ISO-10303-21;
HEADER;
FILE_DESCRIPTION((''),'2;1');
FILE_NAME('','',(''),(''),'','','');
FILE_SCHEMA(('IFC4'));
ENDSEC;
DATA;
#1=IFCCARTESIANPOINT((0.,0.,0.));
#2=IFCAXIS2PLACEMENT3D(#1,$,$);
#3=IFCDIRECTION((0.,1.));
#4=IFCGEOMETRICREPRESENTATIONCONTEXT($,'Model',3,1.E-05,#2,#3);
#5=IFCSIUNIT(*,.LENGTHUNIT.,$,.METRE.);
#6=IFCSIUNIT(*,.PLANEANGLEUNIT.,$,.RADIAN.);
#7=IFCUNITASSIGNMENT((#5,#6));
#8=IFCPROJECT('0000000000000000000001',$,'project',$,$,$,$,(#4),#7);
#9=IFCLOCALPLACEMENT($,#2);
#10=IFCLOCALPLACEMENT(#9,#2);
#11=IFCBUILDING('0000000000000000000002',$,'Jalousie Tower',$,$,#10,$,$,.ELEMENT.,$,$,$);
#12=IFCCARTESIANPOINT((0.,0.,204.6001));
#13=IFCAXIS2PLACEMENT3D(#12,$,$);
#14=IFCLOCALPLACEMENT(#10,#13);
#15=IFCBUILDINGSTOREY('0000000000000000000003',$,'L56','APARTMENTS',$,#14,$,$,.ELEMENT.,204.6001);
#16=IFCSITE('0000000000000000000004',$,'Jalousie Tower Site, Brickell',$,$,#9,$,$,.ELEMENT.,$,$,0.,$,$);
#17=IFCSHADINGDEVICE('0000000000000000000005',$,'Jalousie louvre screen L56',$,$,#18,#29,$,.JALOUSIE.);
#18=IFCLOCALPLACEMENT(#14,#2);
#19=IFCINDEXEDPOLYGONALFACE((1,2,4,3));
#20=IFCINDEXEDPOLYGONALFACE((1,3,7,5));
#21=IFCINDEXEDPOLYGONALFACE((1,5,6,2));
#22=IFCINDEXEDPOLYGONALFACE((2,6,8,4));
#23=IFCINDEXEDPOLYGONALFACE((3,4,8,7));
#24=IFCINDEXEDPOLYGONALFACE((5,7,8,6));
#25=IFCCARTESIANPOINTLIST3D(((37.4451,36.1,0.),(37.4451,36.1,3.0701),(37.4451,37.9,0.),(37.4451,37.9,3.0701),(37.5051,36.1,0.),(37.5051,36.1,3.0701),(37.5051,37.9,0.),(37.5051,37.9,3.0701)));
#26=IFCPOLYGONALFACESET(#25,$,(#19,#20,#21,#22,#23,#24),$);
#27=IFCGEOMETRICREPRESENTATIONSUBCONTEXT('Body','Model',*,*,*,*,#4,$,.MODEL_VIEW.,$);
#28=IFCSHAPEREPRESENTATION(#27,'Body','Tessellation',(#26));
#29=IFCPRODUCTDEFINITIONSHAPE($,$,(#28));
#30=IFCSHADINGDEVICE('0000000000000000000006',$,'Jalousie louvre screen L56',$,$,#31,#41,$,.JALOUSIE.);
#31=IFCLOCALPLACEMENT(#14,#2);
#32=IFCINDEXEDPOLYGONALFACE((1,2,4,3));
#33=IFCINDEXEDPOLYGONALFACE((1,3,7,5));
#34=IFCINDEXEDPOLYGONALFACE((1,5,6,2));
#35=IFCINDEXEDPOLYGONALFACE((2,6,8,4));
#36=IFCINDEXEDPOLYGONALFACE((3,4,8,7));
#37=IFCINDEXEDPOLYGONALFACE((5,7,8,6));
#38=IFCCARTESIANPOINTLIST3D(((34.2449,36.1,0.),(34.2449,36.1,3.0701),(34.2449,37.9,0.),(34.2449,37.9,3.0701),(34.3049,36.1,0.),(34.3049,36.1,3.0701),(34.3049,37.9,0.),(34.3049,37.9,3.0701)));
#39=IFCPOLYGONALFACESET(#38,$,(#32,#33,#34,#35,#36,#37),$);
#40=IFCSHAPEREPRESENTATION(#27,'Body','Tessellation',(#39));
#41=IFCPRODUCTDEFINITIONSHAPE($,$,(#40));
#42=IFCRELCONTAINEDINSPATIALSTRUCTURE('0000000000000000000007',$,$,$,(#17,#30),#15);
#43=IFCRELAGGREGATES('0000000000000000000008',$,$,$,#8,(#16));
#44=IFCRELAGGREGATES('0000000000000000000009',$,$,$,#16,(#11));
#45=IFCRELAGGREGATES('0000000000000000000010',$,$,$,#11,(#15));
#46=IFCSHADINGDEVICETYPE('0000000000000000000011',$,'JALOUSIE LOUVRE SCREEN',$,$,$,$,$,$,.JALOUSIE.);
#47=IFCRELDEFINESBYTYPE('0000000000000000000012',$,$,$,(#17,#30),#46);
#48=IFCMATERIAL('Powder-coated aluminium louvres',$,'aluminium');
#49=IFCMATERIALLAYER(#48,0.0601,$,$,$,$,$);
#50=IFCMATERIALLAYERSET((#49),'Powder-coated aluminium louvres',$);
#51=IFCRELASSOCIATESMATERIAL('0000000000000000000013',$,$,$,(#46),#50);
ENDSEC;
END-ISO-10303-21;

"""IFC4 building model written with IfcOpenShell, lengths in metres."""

from ifc_helpers import new_model, si_unit, direction, frame, origin, origin_2d, place, context, subcontext, project, spatial, rectangle, extrude, material, layer, layer_set, type_object, element, save


model = new_model("IFC4")

# Units and contexts
model_context = context("Model", 3, precision=1e-05, world=origin(), true_north=direction((0.0, 1.0)))
body_context = subcontext(model_context, "Body", "Model", "MODEL_VIEW")
ifc_project = project(units=[si_unit("LENGTHUNIT", "METRE"), si_unit("PLANEANGLEUNIT", "RADIAN")], contexts=[model_context])

# Site, building, storey
site_placement = place(None, origin())
site = spatial("IfcSite", under=ifc_project, at=site_placement, Name="Jalousie Tower Site, Brickell", CompositionType="ELEMENT", RefElevation=0.0)
building_placement = place(site_placement, origin())
building = spatial("IfcBuilding", under=site, at=building_placement, Name="Jalousie Tower", CompositionType="ELEMENT")
storey_placement = place(building_placement, frame((0.0, 0.0, 204.6001)))
storey = spatial("IfcBuildingStorey", under=building, at=storey_placement, Name="L56", Description="APARTMENTS", CompositionType="ELEMENT", Elevation=204.6001)

# Shading devices
ifc_material_1 = material(Name="Powder-coated aluminium louvres", Category="aluminium")
ifc_layer_1 = layer(ifc_material_1, 0.0601)
ifc_layer_set_1 = layer_set([ifc_layer_1], Name="Powder-coated aluminium louvres")
shading_device_type_1 = type_object("IfcShadingDeviceType", Name="JALOUSIE LOUVRE SCREEN", PredefinedType="JALOUSIE", material=ifc_layer_set_1)
for number, where, z_axis, x_axis, name in (
    (1, (37.4751, 37.0, 0.0), (0.0, 0.0, 1.0), (-1.0, 0.0, 0.0), "Jalousie louvre screen L56"),
    (2, (34.2749, 37.0, 0.0), (0.0, 0.0, 1.0), (-1.0, 0.0, 0.0), "Jalousie louvre screen L56"),
):
    element("IfcShadingDevice", number, at=place(storey_placement, frame(where, z_axis=z_axis, x_axis=x_axis)), inside=storey, type_object=shading_device_type_1, Name=name, PredefinedType="JALOUSIE", context=body_context, shape_type="SweptSolid", body=[
        extrude(rectangle(XDim=0.0601, YDim=1.8, at=origin_2d()), origin(), (0.0, 0.0, 1.0), 3.0701),
    ])

save(model, "model.ifc")
